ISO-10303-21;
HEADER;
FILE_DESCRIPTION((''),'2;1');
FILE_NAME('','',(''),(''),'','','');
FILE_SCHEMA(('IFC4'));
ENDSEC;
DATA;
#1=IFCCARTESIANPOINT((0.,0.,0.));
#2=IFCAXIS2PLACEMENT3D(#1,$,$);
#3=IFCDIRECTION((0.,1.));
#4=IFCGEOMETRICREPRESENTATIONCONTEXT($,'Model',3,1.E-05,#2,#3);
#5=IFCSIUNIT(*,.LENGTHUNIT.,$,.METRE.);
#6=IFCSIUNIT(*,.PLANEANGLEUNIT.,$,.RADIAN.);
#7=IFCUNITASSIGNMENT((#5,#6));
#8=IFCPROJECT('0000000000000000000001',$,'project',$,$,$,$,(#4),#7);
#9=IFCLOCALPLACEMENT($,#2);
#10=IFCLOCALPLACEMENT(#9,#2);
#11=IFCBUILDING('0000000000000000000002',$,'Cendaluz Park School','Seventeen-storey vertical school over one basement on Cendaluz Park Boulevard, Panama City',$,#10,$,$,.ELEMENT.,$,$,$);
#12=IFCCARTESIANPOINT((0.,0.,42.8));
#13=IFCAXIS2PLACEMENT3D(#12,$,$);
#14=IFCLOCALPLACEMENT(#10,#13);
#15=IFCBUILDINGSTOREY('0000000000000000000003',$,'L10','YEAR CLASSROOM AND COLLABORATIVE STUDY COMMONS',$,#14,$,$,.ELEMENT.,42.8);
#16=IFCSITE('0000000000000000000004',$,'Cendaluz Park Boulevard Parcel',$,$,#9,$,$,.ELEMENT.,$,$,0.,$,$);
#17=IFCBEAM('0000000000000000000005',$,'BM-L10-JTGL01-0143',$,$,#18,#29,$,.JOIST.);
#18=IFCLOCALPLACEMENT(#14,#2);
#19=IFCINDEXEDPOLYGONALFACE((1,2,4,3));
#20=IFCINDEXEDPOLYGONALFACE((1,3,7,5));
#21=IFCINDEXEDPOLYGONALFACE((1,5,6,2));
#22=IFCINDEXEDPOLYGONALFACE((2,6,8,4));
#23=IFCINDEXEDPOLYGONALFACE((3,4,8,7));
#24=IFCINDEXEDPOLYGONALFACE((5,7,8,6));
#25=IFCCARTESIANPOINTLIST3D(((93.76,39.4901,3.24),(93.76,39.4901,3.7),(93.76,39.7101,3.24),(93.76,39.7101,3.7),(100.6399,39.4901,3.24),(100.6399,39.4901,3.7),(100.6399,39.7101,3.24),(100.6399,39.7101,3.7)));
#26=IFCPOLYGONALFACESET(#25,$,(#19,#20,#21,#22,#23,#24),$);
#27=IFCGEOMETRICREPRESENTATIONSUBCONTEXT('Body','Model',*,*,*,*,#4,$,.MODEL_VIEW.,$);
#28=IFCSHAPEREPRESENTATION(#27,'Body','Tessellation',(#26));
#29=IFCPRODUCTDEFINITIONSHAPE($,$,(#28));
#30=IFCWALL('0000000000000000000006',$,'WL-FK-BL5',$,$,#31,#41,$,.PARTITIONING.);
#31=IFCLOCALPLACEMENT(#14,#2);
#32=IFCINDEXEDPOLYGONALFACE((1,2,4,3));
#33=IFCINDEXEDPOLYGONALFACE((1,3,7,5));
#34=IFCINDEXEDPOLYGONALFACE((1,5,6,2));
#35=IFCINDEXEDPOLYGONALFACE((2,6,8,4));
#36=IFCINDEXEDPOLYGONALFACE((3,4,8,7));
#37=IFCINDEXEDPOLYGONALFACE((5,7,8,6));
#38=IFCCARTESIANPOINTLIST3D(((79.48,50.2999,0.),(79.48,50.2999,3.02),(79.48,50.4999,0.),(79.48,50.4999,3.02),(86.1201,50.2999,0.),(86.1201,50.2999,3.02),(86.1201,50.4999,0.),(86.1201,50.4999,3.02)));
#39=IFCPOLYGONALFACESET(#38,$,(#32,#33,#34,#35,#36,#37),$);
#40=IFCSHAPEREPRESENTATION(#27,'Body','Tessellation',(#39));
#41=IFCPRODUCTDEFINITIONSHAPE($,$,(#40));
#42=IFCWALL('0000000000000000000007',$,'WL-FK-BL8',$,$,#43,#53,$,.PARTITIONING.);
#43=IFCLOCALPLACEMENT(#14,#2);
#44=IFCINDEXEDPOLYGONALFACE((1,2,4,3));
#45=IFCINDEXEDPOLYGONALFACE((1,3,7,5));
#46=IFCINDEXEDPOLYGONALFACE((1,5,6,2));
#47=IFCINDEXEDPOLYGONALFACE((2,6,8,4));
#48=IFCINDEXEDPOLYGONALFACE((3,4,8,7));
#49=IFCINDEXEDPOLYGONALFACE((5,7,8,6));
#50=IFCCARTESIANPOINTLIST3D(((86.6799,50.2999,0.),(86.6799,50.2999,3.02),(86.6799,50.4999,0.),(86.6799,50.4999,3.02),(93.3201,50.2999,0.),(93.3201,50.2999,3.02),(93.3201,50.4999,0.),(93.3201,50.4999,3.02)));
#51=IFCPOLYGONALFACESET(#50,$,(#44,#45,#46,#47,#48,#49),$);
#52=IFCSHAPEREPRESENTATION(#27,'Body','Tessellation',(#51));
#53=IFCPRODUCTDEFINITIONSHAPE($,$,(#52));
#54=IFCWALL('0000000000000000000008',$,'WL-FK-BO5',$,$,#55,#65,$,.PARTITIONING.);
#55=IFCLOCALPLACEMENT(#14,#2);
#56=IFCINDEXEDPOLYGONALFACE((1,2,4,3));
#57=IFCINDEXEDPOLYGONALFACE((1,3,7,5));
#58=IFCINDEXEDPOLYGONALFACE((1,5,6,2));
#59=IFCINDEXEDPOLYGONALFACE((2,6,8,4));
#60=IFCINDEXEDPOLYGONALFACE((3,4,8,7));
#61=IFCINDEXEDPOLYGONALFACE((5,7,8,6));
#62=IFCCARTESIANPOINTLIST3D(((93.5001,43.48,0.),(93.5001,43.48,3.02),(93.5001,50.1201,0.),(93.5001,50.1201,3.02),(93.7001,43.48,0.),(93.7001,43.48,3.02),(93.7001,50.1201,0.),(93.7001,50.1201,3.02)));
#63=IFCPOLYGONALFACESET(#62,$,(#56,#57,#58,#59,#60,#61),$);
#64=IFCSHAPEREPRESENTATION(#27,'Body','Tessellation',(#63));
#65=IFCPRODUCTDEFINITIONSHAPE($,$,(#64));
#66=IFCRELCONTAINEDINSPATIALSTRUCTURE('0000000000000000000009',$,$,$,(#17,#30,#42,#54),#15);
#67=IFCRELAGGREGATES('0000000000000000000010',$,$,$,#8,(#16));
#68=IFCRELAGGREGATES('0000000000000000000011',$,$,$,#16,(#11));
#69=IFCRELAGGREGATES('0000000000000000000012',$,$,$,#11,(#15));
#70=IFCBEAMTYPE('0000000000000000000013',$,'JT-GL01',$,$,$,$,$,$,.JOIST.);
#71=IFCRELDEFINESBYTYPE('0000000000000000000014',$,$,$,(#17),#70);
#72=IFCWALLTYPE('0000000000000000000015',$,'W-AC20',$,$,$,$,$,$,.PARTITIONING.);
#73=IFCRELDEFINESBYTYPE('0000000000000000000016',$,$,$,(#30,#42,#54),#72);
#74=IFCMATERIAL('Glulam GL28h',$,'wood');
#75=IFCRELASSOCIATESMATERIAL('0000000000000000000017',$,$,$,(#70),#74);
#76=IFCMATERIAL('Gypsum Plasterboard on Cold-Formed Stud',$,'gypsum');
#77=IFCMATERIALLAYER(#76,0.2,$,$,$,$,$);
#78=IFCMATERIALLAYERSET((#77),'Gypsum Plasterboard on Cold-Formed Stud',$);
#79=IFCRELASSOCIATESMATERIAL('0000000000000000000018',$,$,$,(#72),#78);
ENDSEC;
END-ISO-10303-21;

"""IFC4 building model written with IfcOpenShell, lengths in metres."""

from ifc_helpers import new_model, si_unit, direction, frame, frame_2d, origin, origin_2d, place, context, subcontext, project, spatial, rectangle, extrude, material, layer, layer_set, material_profile, profile_set, type_object, element, save


model = new_model("IFC4")

# Units and contexts
model_context = context("Model", 3, precision=1e-05, world=origin(), true_north=direction((0.0, 1.0)))
body_context = subcontext(model_context, "Body", "Model", "MODEL_VIEW")
ifc_project = project(units=[si_unit("LENGTHUNIT", "METRE"), si_unit("PLANEANGLEUNIT", "RADIAN")], contexts=[model_context])

# Site, building, storey
site_placement = place(None, origin())
site = spatial("IfcSite", under=ifc_project, at=site_placement, Name="Cendaluz Park Boulevard Parcel", CompositionType="ELEMENT", RefElevation=0.0)
building_placement = place(site_placement, origin())
building = spatial("IfcBuilding", under=site, at=building_placement, Name="Cendaluz Park School", Description="Seventeen-storey vertical school over one basement on Cendaluz Park Boulevard, Panama City", CompositionType="ELEMENT")
storey_placement = place(building_placement, frame((0.0, 0.0, 42.8)))
storey = spatial("IfcBuildingStorey", under=building, at=storey_placement, Name="L10", Description="YEAR CLASSROOM AND COLLABORATIVE STUDY COMMONS", CompositionType="ELEMENT", Elevation=42.8)

# Beam
ifc_material_1 = material(Name="Glulam GL28h", Category="wood")
ifc_material_profile_1 = material_profile(ifc_material_1, rectangle(XDim=0.22, YDim=0.46, at=origin_2d()), Name="GL28h 220x460", Category="wood")
ifc_profile_set_1 = profile_set([ifc_material_profile_1], Name="Glulam GL28h")
beam_type_1 = type_object("IfcBeamType", Name="JT-GL01", PredefinedType="JOIST", material=ifc_profile_set_1)
for number, where, z_axis, x_axis, name in (
    (1, (93.76, 39.6001, 3.47), (1.0, 0.0, 0.0), (0.0, 1.0, 0.0), "BM-L10-JTGL01-0143"),
):
    element("IfcBeam", number, at=place(storey_placement, frame(where, z_axis=z_axis, x_axis=x_axis)), inside=storey, type_object=beam_type_1, Name=name, PredefinedType="JOIST", context=body_context, shape_type="SweptSolid", body=[
        extrude(rectangle(XDim=0.22, YDim=0.46, at=origin_2d()), origin(), (0.0, 0.0, 1.0), 6.8799),
    ])

# Walls
ifc_material_2 = material(Name="Gypsum Plasterboard on Cold-Formed Stud", Category="gypsum")
ifc_layer = layer(ifc_material_2, 0.2)
ifc_layer_set = layer_set([ifc_layer], Name="Gypsum Plasterboard on Cold-Formed Stud")
wall_type = type_object("IfcWallType", Name="W-AC20", PredefinedType="PARTITIONING", material=ifc_layer_set)
for number, where, z_axis, x_axis, name in (
    (2, (79.48, 50.3999, 0.0), (0.0, 0.0, 1.0), (1.0, 0.0, 0.0), "WL-FK-BL5"),
    (3, (86.6799, 50.3999, 0.0), (0.0, 0.0, 1.0), (1.0, 0.0, 0.0), "WL-FK-BL8"),
):
    element("IfcWall", number, at=place(storey_placement, frame(where, z_axis=z_axis, x_axis=x_axis)), inside=storey, type_object=wall_type, Name=name, PredefinedType="PARTITIONING", context=body_context, shape_type="SweptSolid", body=[
        extrude(rectangle(XDim=6.6401, YDim=0.2, at=frame_2d((3.3201, 0.0))), origin(), (0.0, 0.0, 1.0), 3.02),
    ])

# Wall
wall_1_placement = place(storey_placement, frame((93.6001, 43.48, 0.0), z_axis=(0.0, 0.0, 1.0), x_axis=(0.0, 1.0, 0.0)))
element("IfcWall", 4, at=wall_1_placement, inside=storey, type_object=wall_type, Name="WL-FK-BO5", PredefinedType="PARTITIONING", context=body_context, shape_type="SweptSolid", body=[
    extrude(rectangle(XDim=6.6401, YDim=0.2, at=frame_2d((3.3201, 0.0))), origin(), (0.0, 0.0, 1.0), 3.02),
])

save(model, "model.ifc")
